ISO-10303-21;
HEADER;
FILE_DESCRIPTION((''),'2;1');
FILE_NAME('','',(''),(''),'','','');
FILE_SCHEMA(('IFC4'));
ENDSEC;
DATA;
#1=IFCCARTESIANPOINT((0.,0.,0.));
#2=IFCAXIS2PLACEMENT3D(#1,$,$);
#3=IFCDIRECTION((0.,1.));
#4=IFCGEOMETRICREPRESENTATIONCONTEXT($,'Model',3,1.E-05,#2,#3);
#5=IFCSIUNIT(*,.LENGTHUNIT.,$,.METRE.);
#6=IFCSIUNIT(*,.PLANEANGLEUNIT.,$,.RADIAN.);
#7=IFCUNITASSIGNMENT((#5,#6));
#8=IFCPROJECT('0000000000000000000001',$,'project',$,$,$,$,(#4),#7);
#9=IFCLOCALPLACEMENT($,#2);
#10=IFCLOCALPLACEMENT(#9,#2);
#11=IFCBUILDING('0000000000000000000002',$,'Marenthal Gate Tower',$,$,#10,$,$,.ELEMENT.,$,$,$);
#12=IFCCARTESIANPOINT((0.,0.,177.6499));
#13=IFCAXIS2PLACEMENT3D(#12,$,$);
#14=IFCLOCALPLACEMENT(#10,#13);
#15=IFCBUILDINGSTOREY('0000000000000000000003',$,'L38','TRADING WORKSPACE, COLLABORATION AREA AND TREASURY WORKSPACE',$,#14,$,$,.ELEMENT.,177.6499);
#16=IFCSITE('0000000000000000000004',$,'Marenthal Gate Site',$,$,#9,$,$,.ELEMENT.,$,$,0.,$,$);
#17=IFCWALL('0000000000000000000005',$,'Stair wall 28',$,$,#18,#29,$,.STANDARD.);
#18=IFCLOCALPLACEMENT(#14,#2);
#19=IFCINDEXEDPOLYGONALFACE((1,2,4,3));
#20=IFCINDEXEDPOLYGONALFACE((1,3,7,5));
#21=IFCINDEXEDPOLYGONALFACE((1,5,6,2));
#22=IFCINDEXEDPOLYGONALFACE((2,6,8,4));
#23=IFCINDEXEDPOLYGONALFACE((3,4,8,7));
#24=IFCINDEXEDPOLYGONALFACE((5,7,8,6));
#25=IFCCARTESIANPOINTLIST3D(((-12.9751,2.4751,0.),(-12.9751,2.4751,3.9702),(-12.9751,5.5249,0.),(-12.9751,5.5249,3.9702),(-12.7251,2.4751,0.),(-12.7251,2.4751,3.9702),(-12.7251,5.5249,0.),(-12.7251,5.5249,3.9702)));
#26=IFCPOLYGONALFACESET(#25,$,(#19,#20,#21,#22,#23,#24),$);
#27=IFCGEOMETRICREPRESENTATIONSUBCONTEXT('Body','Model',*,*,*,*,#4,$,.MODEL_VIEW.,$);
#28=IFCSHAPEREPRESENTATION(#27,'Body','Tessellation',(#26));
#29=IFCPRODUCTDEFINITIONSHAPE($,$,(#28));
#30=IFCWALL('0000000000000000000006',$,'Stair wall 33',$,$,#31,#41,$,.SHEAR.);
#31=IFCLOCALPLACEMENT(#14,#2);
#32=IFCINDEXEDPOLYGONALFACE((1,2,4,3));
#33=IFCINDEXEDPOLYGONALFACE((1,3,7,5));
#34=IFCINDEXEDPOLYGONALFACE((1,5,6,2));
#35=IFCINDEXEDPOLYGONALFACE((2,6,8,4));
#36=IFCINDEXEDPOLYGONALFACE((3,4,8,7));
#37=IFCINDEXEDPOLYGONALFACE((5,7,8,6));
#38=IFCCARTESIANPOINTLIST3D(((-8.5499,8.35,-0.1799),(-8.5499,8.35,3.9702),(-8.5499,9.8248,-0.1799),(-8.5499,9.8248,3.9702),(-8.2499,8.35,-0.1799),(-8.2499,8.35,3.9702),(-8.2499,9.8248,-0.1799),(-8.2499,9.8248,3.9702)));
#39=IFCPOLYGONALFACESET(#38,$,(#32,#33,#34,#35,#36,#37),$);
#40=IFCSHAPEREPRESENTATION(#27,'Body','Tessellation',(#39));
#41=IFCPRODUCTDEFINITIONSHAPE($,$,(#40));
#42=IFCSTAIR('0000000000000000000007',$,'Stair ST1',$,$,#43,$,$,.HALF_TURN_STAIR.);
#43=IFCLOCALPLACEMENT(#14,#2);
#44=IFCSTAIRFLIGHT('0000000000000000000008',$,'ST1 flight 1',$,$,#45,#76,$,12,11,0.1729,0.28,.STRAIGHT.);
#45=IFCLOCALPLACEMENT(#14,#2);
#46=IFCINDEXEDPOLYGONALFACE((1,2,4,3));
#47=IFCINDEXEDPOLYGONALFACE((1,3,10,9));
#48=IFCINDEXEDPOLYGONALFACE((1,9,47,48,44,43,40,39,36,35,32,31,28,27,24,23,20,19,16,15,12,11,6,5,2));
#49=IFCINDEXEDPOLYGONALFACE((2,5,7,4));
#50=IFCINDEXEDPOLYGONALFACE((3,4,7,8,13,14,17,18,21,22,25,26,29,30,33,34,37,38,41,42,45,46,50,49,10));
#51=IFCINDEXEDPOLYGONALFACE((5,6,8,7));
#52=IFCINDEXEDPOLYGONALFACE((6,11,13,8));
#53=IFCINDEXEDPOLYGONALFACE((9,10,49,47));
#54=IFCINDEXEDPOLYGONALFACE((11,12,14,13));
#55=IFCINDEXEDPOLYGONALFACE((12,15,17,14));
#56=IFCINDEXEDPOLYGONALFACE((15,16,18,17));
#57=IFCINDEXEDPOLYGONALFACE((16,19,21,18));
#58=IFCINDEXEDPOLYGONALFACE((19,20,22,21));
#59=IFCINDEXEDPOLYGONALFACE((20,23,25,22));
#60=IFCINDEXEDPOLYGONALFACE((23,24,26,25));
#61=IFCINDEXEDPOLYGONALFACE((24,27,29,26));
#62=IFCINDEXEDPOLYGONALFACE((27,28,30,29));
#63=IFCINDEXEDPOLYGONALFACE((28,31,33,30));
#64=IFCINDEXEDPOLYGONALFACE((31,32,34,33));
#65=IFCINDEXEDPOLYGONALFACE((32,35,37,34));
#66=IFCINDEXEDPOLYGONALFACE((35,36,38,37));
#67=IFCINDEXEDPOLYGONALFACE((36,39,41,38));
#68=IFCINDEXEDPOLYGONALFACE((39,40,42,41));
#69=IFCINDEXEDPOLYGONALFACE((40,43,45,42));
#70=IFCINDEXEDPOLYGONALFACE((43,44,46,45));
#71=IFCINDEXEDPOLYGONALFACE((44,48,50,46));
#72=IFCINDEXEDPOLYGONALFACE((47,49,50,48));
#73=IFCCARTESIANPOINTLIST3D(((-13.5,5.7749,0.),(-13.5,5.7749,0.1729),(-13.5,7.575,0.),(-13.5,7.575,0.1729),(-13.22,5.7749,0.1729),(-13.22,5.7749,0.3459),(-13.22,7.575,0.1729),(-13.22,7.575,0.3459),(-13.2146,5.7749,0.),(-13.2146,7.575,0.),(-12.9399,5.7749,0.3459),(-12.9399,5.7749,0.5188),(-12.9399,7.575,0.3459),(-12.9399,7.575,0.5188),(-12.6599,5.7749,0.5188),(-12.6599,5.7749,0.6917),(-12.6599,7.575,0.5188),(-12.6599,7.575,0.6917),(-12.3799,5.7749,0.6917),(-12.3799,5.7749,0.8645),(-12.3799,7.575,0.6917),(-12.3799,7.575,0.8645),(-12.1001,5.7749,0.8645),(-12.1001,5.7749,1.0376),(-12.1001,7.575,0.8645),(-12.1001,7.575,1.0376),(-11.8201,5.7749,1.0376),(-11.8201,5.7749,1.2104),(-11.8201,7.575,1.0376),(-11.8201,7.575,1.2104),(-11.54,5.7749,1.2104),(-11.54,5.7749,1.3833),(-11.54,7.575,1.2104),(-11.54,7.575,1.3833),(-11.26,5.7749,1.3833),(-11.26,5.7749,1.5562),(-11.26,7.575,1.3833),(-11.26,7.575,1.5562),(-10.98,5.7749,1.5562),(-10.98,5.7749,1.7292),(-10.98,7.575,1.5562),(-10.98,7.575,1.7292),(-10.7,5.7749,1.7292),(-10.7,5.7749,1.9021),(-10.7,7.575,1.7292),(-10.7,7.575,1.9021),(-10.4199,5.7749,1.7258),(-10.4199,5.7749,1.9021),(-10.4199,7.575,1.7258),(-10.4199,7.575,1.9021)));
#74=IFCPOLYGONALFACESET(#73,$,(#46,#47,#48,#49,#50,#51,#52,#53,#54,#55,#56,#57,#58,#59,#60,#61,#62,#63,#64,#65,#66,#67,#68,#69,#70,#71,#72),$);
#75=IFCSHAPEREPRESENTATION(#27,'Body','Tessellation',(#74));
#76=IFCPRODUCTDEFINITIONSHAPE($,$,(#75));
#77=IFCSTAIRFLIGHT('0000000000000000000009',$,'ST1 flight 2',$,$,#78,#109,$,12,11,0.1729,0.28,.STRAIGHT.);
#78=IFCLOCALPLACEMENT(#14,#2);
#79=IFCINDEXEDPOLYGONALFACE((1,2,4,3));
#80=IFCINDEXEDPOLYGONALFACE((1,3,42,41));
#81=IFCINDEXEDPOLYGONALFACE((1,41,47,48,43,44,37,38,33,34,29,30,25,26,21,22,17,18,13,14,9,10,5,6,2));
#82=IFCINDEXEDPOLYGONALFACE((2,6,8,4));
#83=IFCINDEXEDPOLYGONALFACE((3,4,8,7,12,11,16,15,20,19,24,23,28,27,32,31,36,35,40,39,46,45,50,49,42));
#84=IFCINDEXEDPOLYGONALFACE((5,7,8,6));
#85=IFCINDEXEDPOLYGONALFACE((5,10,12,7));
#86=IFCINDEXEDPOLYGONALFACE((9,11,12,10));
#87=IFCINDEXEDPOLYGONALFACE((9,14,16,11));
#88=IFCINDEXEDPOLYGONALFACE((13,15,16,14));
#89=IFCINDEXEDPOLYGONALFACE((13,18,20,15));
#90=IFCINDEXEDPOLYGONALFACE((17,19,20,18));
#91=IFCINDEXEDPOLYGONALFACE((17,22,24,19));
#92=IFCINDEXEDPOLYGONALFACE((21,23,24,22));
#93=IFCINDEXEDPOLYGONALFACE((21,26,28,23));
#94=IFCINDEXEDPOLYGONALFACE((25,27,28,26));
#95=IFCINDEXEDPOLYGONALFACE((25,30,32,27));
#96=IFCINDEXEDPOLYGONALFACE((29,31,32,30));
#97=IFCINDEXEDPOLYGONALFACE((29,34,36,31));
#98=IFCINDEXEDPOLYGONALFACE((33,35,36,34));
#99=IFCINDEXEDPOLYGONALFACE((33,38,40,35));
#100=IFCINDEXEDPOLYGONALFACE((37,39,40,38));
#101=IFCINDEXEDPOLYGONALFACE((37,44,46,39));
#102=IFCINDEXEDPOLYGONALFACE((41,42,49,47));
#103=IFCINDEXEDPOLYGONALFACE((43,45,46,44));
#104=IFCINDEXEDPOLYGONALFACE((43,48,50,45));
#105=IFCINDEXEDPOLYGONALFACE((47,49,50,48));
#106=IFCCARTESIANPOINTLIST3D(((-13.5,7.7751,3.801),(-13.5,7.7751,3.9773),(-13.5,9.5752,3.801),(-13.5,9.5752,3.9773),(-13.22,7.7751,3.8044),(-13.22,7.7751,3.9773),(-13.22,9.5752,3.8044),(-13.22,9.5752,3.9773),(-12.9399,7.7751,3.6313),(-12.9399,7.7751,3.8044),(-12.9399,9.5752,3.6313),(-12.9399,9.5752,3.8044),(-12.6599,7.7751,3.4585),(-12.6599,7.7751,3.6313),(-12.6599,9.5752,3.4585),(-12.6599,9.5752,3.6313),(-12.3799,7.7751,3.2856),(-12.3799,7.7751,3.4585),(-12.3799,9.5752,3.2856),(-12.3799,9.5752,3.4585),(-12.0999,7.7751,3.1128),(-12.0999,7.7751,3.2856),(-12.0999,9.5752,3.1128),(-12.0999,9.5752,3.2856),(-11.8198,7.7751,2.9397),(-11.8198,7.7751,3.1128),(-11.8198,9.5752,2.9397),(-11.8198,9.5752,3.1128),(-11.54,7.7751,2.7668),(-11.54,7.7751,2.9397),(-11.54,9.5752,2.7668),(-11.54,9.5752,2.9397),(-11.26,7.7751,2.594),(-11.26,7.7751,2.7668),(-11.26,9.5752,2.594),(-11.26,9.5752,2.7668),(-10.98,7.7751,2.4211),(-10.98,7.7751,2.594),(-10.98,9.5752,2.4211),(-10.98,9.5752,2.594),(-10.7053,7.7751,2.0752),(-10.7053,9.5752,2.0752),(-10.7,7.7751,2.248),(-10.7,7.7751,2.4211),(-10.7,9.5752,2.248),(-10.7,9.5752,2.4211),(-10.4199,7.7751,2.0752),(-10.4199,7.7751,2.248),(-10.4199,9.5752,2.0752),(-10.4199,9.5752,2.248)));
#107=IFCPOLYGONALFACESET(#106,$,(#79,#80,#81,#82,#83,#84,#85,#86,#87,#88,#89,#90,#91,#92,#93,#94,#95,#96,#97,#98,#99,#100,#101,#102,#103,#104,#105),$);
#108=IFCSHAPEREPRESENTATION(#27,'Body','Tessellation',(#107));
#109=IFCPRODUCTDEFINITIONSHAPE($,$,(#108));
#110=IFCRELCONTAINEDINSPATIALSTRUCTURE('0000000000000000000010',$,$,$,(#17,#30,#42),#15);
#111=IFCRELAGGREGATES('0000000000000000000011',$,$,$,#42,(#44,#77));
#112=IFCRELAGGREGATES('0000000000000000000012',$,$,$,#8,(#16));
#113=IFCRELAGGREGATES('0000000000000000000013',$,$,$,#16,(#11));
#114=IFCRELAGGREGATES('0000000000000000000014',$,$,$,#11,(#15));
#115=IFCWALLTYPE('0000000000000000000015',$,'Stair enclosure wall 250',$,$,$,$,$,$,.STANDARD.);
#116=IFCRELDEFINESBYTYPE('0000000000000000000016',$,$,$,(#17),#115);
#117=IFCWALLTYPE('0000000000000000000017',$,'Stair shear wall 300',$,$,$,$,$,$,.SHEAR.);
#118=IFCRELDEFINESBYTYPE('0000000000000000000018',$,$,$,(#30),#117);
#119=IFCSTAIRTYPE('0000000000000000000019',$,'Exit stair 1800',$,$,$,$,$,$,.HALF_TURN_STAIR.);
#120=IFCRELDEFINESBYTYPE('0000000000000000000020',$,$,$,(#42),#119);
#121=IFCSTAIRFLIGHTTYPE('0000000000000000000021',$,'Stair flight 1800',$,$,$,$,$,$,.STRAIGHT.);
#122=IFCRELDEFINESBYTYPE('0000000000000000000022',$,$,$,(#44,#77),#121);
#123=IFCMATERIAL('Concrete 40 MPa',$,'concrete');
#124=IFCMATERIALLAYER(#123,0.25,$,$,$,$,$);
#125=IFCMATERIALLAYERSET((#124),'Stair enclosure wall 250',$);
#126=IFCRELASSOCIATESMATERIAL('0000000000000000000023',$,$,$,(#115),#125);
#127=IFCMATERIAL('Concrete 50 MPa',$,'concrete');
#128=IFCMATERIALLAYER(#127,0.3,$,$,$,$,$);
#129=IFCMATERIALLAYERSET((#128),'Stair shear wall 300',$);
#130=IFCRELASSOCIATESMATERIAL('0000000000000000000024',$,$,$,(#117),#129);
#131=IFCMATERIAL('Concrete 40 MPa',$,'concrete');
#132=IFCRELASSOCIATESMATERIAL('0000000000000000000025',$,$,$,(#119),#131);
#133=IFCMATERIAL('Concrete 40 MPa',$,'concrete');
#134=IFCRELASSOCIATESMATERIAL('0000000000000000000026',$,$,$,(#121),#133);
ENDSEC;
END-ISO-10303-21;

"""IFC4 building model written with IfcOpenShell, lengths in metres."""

from ifc_helpers import new_model, si_unit, direction, frame, frame_2d, origin, place, context, subcontext, project, spatial, polyline, rectangle, outline, extrude, material, layer, layer_set, type_object, element, aggregate, save


model = new_model("IFC4")

# Units and contexts
model_context = context("Model", 3, precision=1e-05, world=origin(), true_north=direction((0.0, 1.0)))
body_context = subcontext(model_context, "Body", "Model", "MODEL_VIEW")
ifc_project = project(units=[si_unit("LENGTHUNIT", "METRE"), si_unit("PLANEANGLEUNIT", "RADIAN")], contexts=[model_context])

# Site, building, storey
site_placement = place(None, origin())
site = spatial("IfcSite", under=ifc_project, at=site_placement, Name="Marenthal Gate Site", CompositionType="ELEMENT", RefElevation=0.0)
building_placement = place(site_placement, origin())
building = spatial("IfcBuilding", under=site, at=building_placement, Name="Marenthal Gate Tower", CompositionType="ELEMENT")
storey_placement = place(building_placement, frame((0.0, 0.0, 177.6499)))
storey = spatial("IfcBuildingStorey", under=building, at=storey_placement, Name="L38", Description="TRADING WORKSPACE, COLLABORATION AREA AND TREASURY WORKSPACE", CompositionType="ELEMENT", Elevation=177.6499)

# Walls
ifc_material_1 = material(Name="Concrete 40 MPa", Category="concrete")
ifc_layer_1 = layer(ifc_material_1, 0.25)
ifc_layer_set_1 = layer_set([ifc_layer_1], Name="Stair enclosure wall 250")
wall_type_1 = type_object("IfcWallType", Name="Stair enclosure wall 250", PredefinedType="STANDARD", material=ifc_layer_set_1)
wall_1_placement = place(storey_placement, frame((-12.8501, 2.4751, 0.0), z_axis=(0.0, 0.0, 1.0), x_axis=(0.0, 1.0, 0.0)))
element("IfcWall", 1, at=wall_1_placement, inside=storey, type_object=wall_type_1, Name="Stair wall 28", PredefinedType="STANDARD", context=body_context, shape_type="SweptSolid", body=[
    extrude(rectangle(XDim=3.0498, YDim=0.25, at=frame_2d((1.5249, 0.0))), origin(), (0.0, 0.0, 1.0), 3.9702),
])
ifc_material_2 = material(Name="Concrete 50 MPa", Category="concrete")
ifc_layer_2 = layer(ifc_material_2, 0.3)
ifc_layer_set_2 = layer_set([ifc_layer_2], Name="Stair shear wall 300")
wall_type_2 = type_object("IfcWallType", Name="Stair shear wall 300", PredefinedType="SHEAR", material=ifc_layer_set_2)
wall_2_placement = place(storey_placement, frame((-8.3999, 8.3501, -0.1799), z_axis=(0.0, 0.0, 1.0), x_axis=(0.0, 1.0, 0.0)))
element("IfcWall", 2, at=wall_2_placement, inside=storey, type_object=wall_type_2, Name="Stair wall 33", PredefinedType="SHEAR", context=body_context, shape_type="SweptSolid", body=[
    extrude(rectangle(XDim=1.4749, YDim=0.3, at=frame_2d((0.7373, 0.0))), origin(), (0.0, 0.0, 1.0), 4.1501),
])

# Stair, stair flights
ifc_material_3 = material(Name="Concrete 40 MPa", Category="concrete")
stair_type = type_object("IfcStairType", Name="Exit stair 1800", PredefinedType="HALF_TURN_STAIR", material=ifc_material_3)
stair_placement = place(storey_placement, origin())
stair = element("IfcStair", 3, at=stair_placement, inside=storey, type_object=stair_type, Name="Stair ST1", PredefinedType="HALF_TURN_STAIR")
ifc_material_4 = material(Name="Concrete 40 MPa", Category="concrete")
stair_flight_type = type_object("IfcStairFlightType", Name="Stair flight 1800", PredefinedType="STRAIGHT", material=ifc_material_4)
stair_flight_1_placement = place(storey_placement, frame((-13.5, 6.675, 0.0), z_axis=(0.0, 0.0, 1.0), x_axis=(1.0, 0.0, 0.0)))
stair_flight_1 = element("IfcStairFlight", 4, at=stair_flight_1_placement, type_object=stair_flight_type, Name="ST1 flight 1", NumberOfRisers=12, NumberOfTreads=11, PredefinedType="STRAIGHT", RiserHeight=0.1729, TreadLength=0.28, context=body_context, shape_type="SweptSolid", body=[
    extrude(outline(polyline([(0.0, 0.0), (0.0, 0.1729), (0.28, 0.1729), (0.28, 0.3459), (0.5601, 0.3459), (0.5601, 0.5188), (0.8401, 0.5188), (0.8401, 0.6917), (1.1201, 0.6917), (1.1201, 0.8645), (1.3999, 0.8645), (1.3999, 1.0376), (1.6799, 1.0376), (1.6799, 1.2104), (1.96, 1.2104), (1.96, 1.3833), (2.24, 1.3833), (2.24, 1.5562), (2.52, 1.5562), (2.52, 1.7292), (2.8, 1.7292), (2.8, 1.9021), (3.0801, 1.9021), (3.0801, 2.075), (3.0801, 1.7258), (0.2854, 0.0), (0.0, 0.0)])), frame((0.0, 0.8999, 0.0), z_axis=(0.0, -1.0, 0.0), x_axis=(1.0, 0.0, 0.0)), (0.0, 0.0, 1.0), 1.8),
])
stair_flight_2_placement = place(storey_placement, frame((-10.4199, 8.675, 2.0752), z_axis=(0.0, 0.0, 1.0), x_axis=(-1.0, 0.0, 0.0)))
stair_flight_2 = element("IfcStairFlight", 5, at=stair_flight_2_placement, type_object=stair_flight_type, Name="ST1 flight 2", NumberOfRisers=12, NumberOfTreads=11, PredefinedType="STRAIGHT", RiserHeight=0.1729, TreadLength=0.28, context=body_context, shape_type="SweptSolid", body=[
    extrude(outline(polyline([(0.0, 0.0), (0.0, 0.1729), (0.28, 0.1729), (0.28, 0.3459), (0.5601, 0.3459), (0.5601, 0.5188), (0.8401, 0.5188), (0.8401, 0.6917), (1.1201, 0.6917), (1.1201, 0.8645), (1.3999, 0.8645), (1.3999, 1.0376), (1.6799, 1.0376), (1.6799, 1.2104), (1.96, 1.2104), (1.96, 1.3833), (2.24, 1.3833), (2.24, 1.5562), (2.52, 1.5562), (2.52, 1.7292), (2.8, 1.7292), (2.8, 1.9021), (3.0801, 1.9021), (3.0801, 2.075), (3.0801, 1.7258), (0.2854, 0.0), (0.0, 0.0)])), frame((0.0, 0.8999, 0.0), z_axis=(0.0, -1.0, 0.0), x_axis=(1.0, 0.0, 0.0)), (0.0, 0.0, 1.0), 1.8),
])
aggregate(stair, [stair_flight_1, stair_flight_2])

save(model, "model.ifc")
